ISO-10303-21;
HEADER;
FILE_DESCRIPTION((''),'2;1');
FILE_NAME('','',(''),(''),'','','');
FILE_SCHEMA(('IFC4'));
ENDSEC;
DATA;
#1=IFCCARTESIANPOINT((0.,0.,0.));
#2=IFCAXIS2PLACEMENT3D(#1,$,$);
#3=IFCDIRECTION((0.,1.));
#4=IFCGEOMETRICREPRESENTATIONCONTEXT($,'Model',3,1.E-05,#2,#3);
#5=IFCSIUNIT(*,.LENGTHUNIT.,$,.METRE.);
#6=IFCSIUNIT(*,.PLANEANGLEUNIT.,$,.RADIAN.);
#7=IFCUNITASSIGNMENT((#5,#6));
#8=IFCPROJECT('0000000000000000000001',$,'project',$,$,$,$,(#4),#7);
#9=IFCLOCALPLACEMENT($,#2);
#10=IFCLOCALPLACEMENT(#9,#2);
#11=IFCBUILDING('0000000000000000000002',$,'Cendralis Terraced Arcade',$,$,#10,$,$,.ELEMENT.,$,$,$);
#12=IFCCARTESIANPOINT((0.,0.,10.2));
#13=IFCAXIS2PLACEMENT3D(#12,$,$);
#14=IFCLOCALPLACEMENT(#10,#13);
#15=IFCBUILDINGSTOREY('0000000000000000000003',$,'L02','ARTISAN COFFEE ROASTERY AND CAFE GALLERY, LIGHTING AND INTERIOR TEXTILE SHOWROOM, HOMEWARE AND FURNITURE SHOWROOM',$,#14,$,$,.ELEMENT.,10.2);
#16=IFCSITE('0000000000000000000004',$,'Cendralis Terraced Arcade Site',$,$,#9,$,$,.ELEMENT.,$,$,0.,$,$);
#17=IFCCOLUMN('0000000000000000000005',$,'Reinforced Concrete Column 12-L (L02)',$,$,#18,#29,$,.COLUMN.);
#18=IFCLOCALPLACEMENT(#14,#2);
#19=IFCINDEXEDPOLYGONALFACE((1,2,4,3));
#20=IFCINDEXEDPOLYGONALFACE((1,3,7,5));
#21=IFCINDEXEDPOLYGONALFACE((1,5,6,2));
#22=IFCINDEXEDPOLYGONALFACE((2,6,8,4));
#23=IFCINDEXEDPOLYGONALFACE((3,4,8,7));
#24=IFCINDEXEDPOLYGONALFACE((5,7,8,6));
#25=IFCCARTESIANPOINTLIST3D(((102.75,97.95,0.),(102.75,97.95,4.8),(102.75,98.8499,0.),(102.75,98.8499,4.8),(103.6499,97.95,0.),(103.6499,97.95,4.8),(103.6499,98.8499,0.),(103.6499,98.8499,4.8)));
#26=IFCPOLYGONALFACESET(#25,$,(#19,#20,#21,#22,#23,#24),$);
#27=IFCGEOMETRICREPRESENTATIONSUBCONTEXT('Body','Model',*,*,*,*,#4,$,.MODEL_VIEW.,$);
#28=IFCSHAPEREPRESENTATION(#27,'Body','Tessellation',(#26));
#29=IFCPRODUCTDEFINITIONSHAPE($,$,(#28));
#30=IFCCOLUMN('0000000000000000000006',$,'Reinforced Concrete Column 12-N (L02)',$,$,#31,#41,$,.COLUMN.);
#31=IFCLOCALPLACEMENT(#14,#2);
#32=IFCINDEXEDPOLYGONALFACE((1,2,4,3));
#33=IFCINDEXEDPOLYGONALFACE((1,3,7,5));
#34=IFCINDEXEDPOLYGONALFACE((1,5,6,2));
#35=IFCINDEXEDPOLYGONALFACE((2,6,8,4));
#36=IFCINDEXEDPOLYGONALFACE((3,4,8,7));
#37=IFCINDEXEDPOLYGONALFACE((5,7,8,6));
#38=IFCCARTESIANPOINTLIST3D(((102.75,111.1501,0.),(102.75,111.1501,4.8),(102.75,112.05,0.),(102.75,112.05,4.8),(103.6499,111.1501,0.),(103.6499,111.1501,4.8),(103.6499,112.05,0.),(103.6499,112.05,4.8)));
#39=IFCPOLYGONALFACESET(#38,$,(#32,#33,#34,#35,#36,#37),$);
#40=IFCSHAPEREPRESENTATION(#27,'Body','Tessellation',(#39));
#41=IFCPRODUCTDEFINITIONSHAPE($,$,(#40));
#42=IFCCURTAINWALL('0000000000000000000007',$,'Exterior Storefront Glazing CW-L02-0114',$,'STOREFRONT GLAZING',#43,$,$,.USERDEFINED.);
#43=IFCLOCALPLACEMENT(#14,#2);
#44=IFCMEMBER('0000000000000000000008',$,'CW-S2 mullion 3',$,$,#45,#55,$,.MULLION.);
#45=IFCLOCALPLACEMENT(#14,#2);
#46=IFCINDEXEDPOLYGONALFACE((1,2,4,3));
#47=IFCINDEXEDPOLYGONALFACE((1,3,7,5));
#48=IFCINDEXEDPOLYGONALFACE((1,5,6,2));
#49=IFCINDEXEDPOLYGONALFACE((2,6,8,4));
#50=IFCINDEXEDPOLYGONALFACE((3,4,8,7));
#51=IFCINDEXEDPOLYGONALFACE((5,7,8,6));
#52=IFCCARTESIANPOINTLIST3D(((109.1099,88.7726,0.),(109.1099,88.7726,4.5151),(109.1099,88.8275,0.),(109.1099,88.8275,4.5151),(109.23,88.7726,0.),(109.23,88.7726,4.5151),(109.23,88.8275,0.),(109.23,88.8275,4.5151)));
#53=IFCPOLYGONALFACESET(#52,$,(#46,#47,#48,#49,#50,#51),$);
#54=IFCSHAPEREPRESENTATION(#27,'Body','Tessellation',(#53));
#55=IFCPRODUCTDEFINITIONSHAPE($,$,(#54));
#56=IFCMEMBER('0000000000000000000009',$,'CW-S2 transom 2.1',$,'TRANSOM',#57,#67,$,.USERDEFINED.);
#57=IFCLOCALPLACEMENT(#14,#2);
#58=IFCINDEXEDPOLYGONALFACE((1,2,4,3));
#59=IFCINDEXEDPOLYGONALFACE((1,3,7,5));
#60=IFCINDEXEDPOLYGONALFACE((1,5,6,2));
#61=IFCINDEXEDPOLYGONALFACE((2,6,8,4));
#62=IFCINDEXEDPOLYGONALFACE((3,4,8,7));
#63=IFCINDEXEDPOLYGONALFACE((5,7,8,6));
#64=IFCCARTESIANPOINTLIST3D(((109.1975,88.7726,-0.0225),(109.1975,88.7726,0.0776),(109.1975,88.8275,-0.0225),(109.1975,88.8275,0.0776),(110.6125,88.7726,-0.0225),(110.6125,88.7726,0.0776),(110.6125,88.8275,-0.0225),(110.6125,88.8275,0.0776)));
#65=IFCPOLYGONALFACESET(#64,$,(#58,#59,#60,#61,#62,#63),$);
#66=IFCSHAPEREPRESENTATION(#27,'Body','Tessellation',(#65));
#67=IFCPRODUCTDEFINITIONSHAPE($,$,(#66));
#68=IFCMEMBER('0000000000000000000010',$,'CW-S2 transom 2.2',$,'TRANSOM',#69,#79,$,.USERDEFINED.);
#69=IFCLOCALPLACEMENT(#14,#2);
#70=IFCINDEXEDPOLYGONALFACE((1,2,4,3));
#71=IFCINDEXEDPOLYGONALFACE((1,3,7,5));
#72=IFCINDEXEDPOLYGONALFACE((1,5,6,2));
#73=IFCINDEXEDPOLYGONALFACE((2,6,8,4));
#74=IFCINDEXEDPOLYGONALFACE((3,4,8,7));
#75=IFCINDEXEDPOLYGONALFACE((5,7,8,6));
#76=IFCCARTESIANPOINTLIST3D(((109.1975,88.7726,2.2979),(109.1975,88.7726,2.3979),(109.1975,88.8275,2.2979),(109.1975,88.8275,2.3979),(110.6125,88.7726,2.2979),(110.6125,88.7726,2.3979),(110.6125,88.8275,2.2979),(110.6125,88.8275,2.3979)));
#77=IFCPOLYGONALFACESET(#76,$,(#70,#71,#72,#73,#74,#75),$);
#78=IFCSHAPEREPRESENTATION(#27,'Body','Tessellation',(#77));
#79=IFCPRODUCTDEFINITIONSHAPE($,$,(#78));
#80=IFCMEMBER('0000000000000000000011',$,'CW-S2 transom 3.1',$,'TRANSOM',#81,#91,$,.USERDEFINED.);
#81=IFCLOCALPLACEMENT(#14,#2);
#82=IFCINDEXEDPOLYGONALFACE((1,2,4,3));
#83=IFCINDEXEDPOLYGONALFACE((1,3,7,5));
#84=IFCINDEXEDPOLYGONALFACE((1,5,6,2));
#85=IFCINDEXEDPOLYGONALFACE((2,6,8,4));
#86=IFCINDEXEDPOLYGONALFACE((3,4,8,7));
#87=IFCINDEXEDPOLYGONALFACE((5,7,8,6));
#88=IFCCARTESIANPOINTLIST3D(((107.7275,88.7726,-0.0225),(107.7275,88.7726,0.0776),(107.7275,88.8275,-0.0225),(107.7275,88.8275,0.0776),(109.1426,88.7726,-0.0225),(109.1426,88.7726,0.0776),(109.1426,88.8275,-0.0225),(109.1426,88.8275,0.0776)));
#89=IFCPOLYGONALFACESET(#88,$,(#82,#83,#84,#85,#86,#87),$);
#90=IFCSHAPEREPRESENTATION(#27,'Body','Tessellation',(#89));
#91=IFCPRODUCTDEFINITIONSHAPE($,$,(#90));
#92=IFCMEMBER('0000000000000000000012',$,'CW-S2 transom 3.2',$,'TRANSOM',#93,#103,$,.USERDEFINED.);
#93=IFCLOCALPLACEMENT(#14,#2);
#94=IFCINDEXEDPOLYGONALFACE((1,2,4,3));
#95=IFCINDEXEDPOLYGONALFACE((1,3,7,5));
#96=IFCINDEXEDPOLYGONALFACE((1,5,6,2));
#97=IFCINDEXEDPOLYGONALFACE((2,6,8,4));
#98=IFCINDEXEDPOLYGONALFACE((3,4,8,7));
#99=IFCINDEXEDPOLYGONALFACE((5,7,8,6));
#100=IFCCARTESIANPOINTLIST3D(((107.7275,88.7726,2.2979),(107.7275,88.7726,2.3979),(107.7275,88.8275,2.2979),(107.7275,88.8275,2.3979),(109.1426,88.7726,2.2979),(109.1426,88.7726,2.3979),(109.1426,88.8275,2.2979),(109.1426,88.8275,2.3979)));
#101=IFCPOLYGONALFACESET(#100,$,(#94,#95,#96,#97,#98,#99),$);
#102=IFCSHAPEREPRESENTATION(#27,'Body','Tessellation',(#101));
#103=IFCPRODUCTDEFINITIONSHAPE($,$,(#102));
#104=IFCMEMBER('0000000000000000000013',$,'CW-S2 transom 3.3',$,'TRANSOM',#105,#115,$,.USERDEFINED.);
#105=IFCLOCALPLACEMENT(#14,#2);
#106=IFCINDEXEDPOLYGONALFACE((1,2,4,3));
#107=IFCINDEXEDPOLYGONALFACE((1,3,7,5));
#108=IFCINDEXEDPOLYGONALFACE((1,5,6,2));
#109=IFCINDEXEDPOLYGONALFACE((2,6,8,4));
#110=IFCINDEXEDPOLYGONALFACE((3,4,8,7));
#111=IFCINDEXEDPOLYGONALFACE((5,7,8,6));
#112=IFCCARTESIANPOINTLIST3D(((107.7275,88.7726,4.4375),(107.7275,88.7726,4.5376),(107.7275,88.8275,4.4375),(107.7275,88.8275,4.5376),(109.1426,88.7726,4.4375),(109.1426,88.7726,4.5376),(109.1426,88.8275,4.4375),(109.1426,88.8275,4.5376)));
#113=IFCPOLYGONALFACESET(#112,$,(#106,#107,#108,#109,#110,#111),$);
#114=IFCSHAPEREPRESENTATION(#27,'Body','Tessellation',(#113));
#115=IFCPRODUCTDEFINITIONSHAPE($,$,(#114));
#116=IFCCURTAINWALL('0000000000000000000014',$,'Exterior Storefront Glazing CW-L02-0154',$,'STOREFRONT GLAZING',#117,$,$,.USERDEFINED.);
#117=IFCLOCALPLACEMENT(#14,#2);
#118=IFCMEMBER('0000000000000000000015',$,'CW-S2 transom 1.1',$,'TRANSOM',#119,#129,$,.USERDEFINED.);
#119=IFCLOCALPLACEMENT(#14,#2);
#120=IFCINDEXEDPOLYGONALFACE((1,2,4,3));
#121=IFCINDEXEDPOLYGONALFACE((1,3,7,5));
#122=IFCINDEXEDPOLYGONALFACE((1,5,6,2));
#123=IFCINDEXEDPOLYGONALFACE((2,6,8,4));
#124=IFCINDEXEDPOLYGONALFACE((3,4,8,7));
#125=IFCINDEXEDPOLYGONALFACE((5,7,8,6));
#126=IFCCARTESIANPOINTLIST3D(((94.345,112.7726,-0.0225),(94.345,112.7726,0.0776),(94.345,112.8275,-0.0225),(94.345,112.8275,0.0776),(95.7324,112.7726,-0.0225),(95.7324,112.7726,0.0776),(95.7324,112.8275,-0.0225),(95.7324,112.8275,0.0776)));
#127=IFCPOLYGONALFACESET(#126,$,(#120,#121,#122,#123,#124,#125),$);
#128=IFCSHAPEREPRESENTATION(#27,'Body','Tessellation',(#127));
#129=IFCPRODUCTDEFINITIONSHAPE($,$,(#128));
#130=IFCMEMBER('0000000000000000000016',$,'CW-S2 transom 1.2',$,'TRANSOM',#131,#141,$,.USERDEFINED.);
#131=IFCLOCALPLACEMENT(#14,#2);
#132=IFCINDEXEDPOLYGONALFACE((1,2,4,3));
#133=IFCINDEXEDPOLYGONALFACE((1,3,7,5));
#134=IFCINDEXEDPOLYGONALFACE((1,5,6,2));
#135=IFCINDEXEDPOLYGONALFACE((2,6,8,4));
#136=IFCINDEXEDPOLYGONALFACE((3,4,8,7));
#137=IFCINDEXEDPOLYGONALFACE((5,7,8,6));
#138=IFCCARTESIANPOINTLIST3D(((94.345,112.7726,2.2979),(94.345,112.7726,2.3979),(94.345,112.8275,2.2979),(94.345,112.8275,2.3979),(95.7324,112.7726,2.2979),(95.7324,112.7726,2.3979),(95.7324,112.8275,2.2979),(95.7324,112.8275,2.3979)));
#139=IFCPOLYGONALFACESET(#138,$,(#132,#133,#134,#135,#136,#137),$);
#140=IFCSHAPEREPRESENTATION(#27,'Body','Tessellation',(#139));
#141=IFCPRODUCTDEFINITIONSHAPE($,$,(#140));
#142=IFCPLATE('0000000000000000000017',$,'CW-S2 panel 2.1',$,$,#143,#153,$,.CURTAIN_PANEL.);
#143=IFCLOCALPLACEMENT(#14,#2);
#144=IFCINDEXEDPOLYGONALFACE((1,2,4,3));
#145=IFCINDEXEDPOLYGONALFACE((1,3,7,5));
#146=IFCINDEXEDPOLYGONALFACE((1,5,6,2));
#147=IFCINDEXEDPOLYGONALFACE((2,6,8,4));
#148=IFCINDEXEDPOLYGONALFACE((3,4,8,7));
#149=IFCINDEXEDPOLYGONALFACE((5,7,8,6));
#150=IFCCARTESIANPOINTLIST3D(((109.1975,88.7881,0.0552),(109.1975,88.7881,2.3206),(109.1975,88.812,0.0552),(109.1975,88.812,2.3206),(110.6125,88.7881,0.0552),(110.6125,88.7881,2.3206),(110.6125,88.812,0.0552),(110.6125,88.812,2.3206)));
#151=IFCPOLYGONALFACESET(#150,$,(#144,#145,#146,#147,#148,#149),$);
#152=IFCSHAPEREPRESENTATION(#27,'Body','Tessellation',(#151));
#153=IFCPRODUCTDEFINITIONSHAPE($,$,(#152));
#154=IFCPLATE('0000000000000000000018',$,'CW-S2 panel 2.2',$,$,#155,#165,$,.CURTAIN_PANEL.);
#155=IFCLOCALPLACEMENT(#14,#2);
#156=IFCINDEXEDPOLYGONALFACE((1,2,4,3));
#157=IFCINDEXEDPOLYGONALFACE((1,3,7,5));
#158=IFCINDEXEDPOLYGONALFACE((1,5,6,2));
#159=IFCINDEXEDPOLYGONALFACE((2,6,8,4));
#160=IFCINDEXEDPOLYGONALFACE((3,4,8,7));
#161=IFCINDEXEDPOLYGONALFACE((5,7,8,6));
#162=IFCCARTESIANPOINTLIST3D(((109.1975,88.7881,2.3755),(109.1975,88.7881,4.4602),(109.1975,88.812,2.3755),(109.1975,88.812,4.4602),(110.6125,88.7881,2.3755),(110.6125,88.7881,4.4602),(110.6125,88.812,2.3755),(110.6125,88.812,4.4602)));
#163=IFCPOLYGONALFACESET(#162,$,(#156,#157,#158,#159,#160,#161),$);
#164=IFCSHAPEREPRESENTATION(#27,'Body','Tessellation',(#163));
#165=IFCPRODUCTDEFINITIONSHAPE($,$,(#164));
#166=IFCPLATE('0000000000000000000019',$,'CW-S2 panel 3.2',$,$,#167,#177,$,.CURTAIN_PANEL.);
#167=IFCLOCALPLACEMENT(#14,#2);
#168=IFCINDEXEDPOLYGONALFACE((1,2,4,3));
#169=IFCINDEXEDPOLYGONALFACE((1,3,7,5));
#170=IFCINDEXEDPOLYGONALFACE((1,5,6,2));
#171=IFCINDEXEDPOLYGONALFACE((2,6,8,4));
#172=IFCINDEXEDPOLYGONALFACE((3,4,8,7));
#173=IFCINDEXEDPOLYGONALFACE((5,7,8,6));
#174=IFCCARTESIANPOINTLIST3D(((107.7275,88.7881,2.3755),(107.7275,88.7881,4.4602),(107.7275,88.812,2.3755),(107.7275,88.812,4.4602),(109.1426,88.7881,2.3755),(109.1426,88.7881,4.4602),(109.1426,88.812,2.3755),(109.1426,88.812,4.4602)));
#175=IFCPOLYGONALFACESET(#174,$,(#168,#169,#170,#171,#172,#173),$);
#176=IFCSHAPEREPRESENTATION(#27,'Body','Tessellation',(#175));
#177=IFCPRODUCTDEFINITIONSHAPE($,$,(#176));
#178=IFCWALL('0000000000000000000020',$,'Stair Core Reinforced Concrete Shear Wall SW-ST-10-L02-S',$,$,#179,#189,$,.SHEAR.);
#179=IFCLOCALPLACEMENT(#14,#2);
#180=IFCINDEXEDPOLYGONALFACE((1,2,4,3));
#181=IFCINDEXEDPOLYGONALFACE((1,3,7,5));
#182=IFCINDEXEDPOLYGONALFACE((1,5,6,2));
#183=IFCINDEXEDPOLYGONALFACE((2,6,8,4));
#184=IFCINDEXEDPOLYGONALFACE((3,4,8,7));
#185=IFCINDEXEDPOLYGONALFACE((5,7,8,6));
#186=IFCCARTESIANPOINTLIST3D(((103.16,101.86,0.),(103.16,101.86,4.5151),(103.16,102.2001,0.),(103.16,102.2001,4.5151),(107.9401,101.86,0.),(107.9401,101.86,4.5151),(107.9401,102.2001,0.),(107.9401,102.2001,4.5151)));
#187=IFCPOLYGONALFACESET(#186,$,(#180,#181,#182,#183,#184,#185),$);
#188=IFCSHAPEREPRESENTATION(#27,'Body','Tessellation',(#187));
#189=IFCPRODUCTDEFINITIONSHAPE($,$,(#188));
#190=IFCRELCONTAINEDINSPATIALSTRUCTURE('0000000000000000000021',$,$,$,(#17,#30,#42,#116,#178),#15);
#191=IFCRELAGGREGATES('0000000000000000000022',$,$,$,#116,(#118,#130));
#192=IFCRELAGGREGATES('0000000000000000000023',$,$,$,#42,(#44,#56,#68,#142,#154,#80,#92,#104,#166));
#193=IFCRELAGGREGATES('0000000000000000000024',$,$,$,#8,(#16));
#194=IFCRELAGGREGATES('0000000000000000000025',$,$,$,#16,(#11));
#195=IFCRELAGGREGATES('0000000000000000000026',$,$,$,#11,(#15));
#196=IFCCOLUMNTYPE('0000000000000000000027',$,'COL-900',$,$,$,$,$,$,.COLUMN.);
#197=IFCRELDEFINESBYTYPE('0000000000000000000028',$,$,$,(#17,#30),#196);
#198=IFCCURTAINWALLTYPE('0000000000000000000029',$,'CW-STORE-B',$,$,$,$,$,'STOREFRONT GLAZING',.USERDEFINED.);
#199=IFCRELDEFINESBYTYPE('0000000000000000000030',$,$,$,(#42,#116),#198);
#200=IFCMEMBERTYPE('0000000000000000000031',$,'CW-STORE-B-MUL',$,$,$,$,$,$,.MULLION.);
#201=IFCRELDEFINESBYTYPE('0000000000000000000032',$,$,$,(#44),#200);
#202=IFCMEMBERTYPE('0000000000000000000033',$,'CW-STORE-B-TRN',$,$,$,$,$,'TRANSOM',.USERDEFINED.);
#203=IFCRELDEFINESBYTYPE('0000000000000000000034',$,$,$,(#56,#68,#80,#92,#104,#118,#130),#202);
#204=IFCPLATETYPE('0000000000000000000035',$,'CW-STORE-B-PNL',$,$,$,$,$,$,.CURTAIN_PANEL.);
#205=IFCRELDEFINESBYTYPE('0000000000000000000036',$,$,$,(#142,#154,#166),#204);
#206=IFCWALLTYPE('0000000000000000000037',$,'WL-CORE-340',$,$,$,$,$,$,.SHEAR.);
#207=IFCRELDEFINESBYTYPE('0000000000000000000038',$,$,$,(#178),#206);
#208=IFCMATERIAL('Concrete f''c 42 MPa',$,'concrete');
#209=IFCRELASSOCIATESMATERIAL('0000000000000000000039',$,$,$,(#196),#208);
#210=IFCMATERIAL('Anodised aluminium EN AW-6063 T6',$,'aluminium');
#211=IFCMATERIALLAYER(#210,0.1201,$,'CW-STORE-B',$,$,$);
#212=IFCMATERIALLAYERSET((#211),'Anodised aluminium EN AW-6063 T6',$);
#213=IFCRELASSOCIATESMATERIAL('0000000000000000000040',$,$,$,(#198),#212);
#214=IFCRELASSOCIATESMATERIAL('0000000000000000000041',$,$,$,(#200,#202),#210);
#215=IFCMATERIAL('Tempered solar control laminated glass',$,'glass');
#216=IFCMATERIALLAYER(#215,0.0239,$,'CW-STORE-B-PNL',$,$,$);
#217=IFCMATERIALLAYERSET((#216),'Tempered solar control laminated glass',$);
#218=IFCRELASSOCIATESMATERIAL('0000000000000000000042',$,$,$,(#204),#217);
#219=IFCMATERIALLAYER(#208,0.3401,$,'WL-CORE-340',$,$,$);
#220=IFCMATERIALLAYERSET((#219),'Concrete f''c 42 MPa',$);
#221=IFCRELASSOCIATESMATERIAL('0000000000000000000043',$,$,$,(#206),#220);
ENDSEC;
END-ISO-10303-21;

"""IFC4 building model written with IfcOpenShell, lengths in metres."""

from ifc_helpers import new_model, si_unit, direction, frame, frame_2d, origin, origin_2d, place, context, subcontext, project, spatial, rectangle, extrude, material, layer, layer_set, material_profile, profile_set, type_object, element, aggregate, save


model = new_model("IFC4")

# Units and contexts
model_context = context("Model", 3, precision=1e-05, world=origin(), true_north=direction((0.0, 1.0)))
body_context = subcontext(model_context, "Body", "Model", "MODEL_VIEW")
ifc_project = project(units=[si_unit("LENGTHUNIT", "METRE"), si_unit("PLANEANGLEUNIT", "RADIAN")], contexts=[model_context])

# Site, building, storey
site_placement = place(None, origin())
site = spatial("IfcSite", under=ifc_project, at=site_placement, Name="Cendralis Terraced Arcade Site", CompositionType="ELEMENT", RefElevation=0.0)
building_placement = place(site_placement, origin())
building = spatial("IfcBuilding", under=site, at=building_placement, Name="Cendralis Terraced Arcade", CompositionType="ELEMENT")
storey_placement = place(building_placement, frame((0.0, 0.0, 10.2)))
storey = spatial("IfcBuildingStorey", under=building, at=storey_placement, Name="L02", Description="ARTISAN COFFEE ROASTERY AND CAFE GALLERY, LIGHTING AND INTERIOR TEXTILE SHOWROOM, HOMEWARE AND FURNITURE SHOWROOM", CompositionType="ELEMENT", Elevation=10.2)

# Columns
ifc_material_1 = material(Name="Concrete f'c 42 MPa", Category="concrete")
ifc_material_profile_1 = material_profile(ifc_material_1, rectangle(XDim=0.8999, YDim=0.8999, at=origin_2d()), Name="RC-COL-900x900", Category="LoadBearing")
ifc_profile_set_1 = profile_set([ifc_material_profile_1], Name="Concrete f'c 42 MPa")
column_type = type_object("IfcColumnType", Name="COL-900", PredefinedType="COLUMN", material=ifc_profile_set_1)
for number, where, z_axis, x_axis, name in (
    (1, (103.2, 98.3999, 0.0), (0.0, 0.0, 1.0), (1.0, 0.0, 0.0), "Reinforced Concrete Column 12-L (L02)"),
    (2, (103.2, 111.6001, 0.0), (0.0, 0.0, 1.0), (1.0, 0.0, 0.0), "Reinforced Concrete Column 12-N (L02)"),
):
    element("IfcColumn", number, at=place(storey_placement, frame(where, z_axis=z_axis, x_axis=x_axis)), inside=storey, type_object=column_type, Name=name, PredefinedType="COLUMN", context=body_context, shape_type="SweptSolid", body=[
        extrude(rectangle(XDim=0.8999, YDim=0.8999, at=origin_2d()), origin(), (0.0, 0.0, 1.0), 4.8),
    ])

# Curtain walls, members
ifc_material_2 = material(Name="Anodised aluminium EN AW-6063 T6", Category="aluminium")
ifc_layer_1 = layer(ifc_material_2, 0.1201, Name="CW-STORE-B")
ifc_layer_set_1 = layer_set([ifc_layer_1], Name="Anodised aluminium EN AW-6063 T6")
curtain_wall_type = type_object("IfcCurtainWallType", Name="CW-STORE-B", ElementType="STOREFRONT GLAZING", PredefinedType="USERDEFINED", material=ifc_layer_set_1)
curtain_wall_1_placement = place(storey_placement, origin())
curtain_wall_1 = element("IfcCurtainWall", 3, at=curtain_wall_1_placement, inside=storey, type_object=curtain_wall_type, Name="Exterior Storefront Glazing CW-L02-0114", ObjectType="STOREFRONT GLAZING", PredefinedType="USERDEFINED")
ifc_material_profile_2 = material_profile(ifc_material_2, rectangle(XDim=0.0549, YDim=0.1201, at=origin_2d()), Name="ALU-MUL-55x120")
ifc_profile_set_2 = profile_set([ifc_material_profile_2], Name="Anodised aluminium EN AW-6063 T6")
member_type_1 = type_object("IfcMemberType", Name="CW-STORE-B-MUL", PredefinedType="MULLION", material=ifc_profile_set_2)
member_1_placement = place(storey_placement, frame((109.1699, 88.8, 0.0), z_axis=(0.0, 0.0, 1.0), x_axis=(0.0, -1.0, 0.0)))
member_1 = element("IfcMember", 4, at=member_1_placement, type_object=member_type_1, Name="CW-S2 mullion 3", PredefinedType="MULLION", context=body_context, shape_type="SweptSolid", body=[
    extrude(rectangle(XDim=0.0549, YDim=0.1201, at=origin_2d()), origin(), (0.0, 0.0, 1.0), 4.5151),
])
ifc_material_profile_3 = material_profile(ifc_material_2, rectangle(XDim=0.0549, YDim=0.1001, at=origin_2d()), Name="ALU-TRN-55x100")
ifc_profile_set_3 = profile_set([ifc_material_profile_3], Name="Anodised aluminium EN AW-6063 T6")
member_type_2 = type_object("IfcMemberType", Name="CW-STORE-B-TRN", ElementType="TRANSOM", PredefinedType="USERDEFINED", material=ifc_profile_set_3)
member_2_placement = place(storey_placement, frame((110.6125, 88.8, 0.0276), z_axis=(-1.0, 0.0, 0.0), x_axis=(0.0, -1.0, 0.0)))
member_2 = element("IfcMember", 5, at=member_2_placement, type_object=member_type_2, Name="CW-S2 transom 2.1", ObjectType="TRANSOM", PredefinedType="USERDEFINED", context=body_context, shape_type="SweptSolid", body=[
    extrude(rectangle(XDim=0.0549, YDim=0.1001, at=origin_2d()), origin(), (0.0, 0.0, 1.0), 1.415),
])
member_3_placement = place(storey_placement, frame((110.6125, 88.8, 2.3479), z_axis=(-1.0, 0.0, 0.0), x_axis=(0.0, -1.0, 0.0)))
member_3 = element("IfcMember", 6, at=member_3_placement, type_object=member_type_2, Name="CW-S2 transom 2.2", ObjectType="TRANSOM", PredefinedType="USERDEFINED", context=body_context, shape_type="SweptSolid", body=[
    extrude(rectangle(XDim=0.0549, YDim=0.1001, at=origin_2d()), origin(), (0.0, 0.0, 1.0), 1.415),
])
member_4_placement = place(storey_placement, frame((109.1426, 88.8, 0.0276), z_axis=(-1.0, 0.0, 0.0), x_axis=(0.0, -1.0, 0.0)))
member_4 = element("IfcMember", 7, at=member_4_placement, type_object=member_type_2, Name="CW-S2 transom 3.1", ObjectType="TRANSOM", PredefinedType="USERDEFINED", context=body_context, shape_type="SweptSolid", body=[
    extrude(rectangle(XDim=0.0549, YDim=0.1001, at=origin_2d()), origin(), (0.0, 0.0, 1.0), 1.415),
])
member_5_placement = place(storey_placement, frame((109.1426, 88.8, 2.3479), z_axis=(-1.0, 0.0, 0.0), x_axis=(0.0, -1.0, 0.0)))
member_5 = element("IfcMember", 8, at=member_5_placement, type_object=member_type_2, Name="CW-S2 transom 3.2", ObjectType="TRANSOM", PredefinedType="USERDEFINED", context=body_context, shape_type="SweptSolid", body=[
    extrude(rectangle(XDim=0.0549, YDim=0.1001, at=origin_2d()), origin(), (0.0, 0.0, 1.0), 1.415),
])
member_6_placement = place(storey_placement, frame((109.1426, 88.8, 4.4875), z_axis=(-1.0, 0.0, 0.0), x_axis=(0.0, -1.0, 0.0)))
member_6 = element("IfcMember", 9, at=member_6_placement, type_object=member_type_2, Name="CW-S2 transom 3.3", ObjectType="TRANSOM", PredefinedType="USERDEFINED", context=body_context, shape_type="SweptSolid", body=[
    extrude(rectangle(XDim=0.0549, YDim=0.1001, at=origin_2d()), origin(), (0.0, 0.0, 1.0), 1.415),
])
curtain_wall_2_placement = place(storey_placement, origin())
curtain_wall_2 = element("IfcCurtainWall", 10, at=curtain_wall_2_placement, inside=storey, type_object=curtain_wall_type, Name="Exterior Storefront Glazing CW-L02-0154", ObjectType="STOREFRONT GLAZING", PredefinedType="USERDEFINED")
member_7_placement = place(storey_placement, frame((94.345, 112.8, 0.0276), z_axis=(1.0, 0.0, 0.0), x_axis=(0.0, 1.0, 0.0)))
member_7 = element("IfcMember", 11, at=member_7_placement, type_object=member_type_2, Name="CW-S2 transom 1.1", ObjectType="TRANSOM", PredefinedType="USERDEFINED", context=body_context, shape_type="SweptSolid", body=[
    extrude(rectangle(XDim=0.0549, YDim=0.1001, at=origin_2d()), origin(), (0.0, 0.0, 1.0), 1.3875),
])
member_8_placement = place(storey_placement, frame((94.345, 112.8, 2.3479), z_axis=(1.0, 0.0, 0.0), x_axis=(0.0, 1.0, 0.0)))
member_8 = element("IfcMember", 12, at=member_8_placement, type_object=member_type_2, Name="CW-S2 transom 1.2", ObjectType="TRANSOM", PredefinedType="USERDEFINED", context=body_context, shape_type="SweptSolid", body=[
    extrude(rectangle(XDim=0.0549, YDim=0.1001, at=origin_2d()), origin(), (0.0, 0.0, 1.0), 1.3875),
])
aggregate(curtain_wall_2, [member_7, member_8])

# Plates
ifc_material_3 = material(Name="Tempered solar control laminated glass", Category="glass")
ifc_layer_2 = layer(ifc_material_3, 0.0239, Name="CW-STORE-B-PNL")
ifc_layer_set_2 = layer_set([ifc_layer_2], Name="Tempered solar control laminated glass")
plate_type = type_object("IfcPlateType", Name="CW-STORE-B-PNL", PredefinedType="CURTAIN_PANEL", material=ifc_layer_set_2)
plate_1_placement = place(storey_placement, frame((109.905, 88.8, 0.0552), z_axis=(0.0, 0.0, 1.0), x_axis=(-1.0, 0.0, 0.0)))
plate_1 = element("IfcPlate", 13, at=plate_1_placement, type_object=plate_type, Name="CW-S2 panel 2.1", PredefinedType="CURTAIN_PANEL", context=body_context, shape_type="SweptSolid", body=[
    extrude(rectangle(XDim=1.415, YDim=0.0239, at=origin_2d()), origin(), (0.0, 0.0, 1.0), 2.2654),
])
plate_2_placement = place(storey_placement, frame((109.905, 88.8, 2.3755), z_axis=(0.0, 0.0, 1.0), x_axis=(-1.0, 0.0, 0.0)))
plate_2 = element("IfcPlate", 14, at=plate_2_placement, type_object=plate_type, Name="CW-S2 panel 2.2", PredefinedType="CURTAIN_PANEL", context=body_context, shape_type="SweptSolid", body=[
    extrude(rectangle(XDim=1.415, YDim=0.0239, at=origin_2d()), origin(), (0.0, 0.0, 1.0), 2.0847),
])
plate_3_placement = place(storey_placement, frame((108.4351, 88.8, 2.3755), z_axis=(0.0, 0.0, 1.0), x_axis=(-1.0, 0.0, 0.0)))
plate_3 = element("IfcPlate", 15, at=plate_3_placement, type_object=plate_type, Name="CW-S2 panel 3.2", PredefinedType="CURTAIN_PANEL", context=body_context, shape_type="SweptSolid", body=[
    extrude(rectangle(XDim=1.415, YDim=0.0239, at=origin_2d()), origin(), (0.0, 0.0, 1.0), 2.0847),
])
aggregate(curtain_wall_1, [member_1, member_2, member_3, plate_1, plate_2, member_4, member_5, member_6, plate_3])

# Wall
ifc_layer_3 = layer(ifc_material_1, 0.3401, Name="WL-CORE-340")
ifc_layer_set_3 = layer_set([ifc_layer_3], Name="Concrete f'c 42 MPa")
wall_type_1 = type_object("IfcWallType", Name="WL-CORE-340", PredefinedType="SHEAR", material=ifc_layer_set_3)
for number, where, z_axis, x_axis, name in (
    (16, (103.1599, 102.03, 0.0), (0.0, 0.0, 1.0), (1.0, 0.0, 0.0), "Stair Core Reinforced Concrete Shear Wall SW-ST-10-L02-S"),
):
    element("IfcWall", number, at=place(storey_placement, frame(where, z_axis=z_axis, x_axis=x_axis)), inside=storey, type_object=wall_type_1, Name=name, PredefinedType="SHEAR", context=body_context, shape_type="SweptSolid", body=[
        extrude(rectangle(XDim=4.78, YDim=0.3401, at=frame_2d((2.3901, 0.0))), origin(), (0.0, 0.0, 1.0), 4.5151),
    ])

save(model, "model.ifc")
